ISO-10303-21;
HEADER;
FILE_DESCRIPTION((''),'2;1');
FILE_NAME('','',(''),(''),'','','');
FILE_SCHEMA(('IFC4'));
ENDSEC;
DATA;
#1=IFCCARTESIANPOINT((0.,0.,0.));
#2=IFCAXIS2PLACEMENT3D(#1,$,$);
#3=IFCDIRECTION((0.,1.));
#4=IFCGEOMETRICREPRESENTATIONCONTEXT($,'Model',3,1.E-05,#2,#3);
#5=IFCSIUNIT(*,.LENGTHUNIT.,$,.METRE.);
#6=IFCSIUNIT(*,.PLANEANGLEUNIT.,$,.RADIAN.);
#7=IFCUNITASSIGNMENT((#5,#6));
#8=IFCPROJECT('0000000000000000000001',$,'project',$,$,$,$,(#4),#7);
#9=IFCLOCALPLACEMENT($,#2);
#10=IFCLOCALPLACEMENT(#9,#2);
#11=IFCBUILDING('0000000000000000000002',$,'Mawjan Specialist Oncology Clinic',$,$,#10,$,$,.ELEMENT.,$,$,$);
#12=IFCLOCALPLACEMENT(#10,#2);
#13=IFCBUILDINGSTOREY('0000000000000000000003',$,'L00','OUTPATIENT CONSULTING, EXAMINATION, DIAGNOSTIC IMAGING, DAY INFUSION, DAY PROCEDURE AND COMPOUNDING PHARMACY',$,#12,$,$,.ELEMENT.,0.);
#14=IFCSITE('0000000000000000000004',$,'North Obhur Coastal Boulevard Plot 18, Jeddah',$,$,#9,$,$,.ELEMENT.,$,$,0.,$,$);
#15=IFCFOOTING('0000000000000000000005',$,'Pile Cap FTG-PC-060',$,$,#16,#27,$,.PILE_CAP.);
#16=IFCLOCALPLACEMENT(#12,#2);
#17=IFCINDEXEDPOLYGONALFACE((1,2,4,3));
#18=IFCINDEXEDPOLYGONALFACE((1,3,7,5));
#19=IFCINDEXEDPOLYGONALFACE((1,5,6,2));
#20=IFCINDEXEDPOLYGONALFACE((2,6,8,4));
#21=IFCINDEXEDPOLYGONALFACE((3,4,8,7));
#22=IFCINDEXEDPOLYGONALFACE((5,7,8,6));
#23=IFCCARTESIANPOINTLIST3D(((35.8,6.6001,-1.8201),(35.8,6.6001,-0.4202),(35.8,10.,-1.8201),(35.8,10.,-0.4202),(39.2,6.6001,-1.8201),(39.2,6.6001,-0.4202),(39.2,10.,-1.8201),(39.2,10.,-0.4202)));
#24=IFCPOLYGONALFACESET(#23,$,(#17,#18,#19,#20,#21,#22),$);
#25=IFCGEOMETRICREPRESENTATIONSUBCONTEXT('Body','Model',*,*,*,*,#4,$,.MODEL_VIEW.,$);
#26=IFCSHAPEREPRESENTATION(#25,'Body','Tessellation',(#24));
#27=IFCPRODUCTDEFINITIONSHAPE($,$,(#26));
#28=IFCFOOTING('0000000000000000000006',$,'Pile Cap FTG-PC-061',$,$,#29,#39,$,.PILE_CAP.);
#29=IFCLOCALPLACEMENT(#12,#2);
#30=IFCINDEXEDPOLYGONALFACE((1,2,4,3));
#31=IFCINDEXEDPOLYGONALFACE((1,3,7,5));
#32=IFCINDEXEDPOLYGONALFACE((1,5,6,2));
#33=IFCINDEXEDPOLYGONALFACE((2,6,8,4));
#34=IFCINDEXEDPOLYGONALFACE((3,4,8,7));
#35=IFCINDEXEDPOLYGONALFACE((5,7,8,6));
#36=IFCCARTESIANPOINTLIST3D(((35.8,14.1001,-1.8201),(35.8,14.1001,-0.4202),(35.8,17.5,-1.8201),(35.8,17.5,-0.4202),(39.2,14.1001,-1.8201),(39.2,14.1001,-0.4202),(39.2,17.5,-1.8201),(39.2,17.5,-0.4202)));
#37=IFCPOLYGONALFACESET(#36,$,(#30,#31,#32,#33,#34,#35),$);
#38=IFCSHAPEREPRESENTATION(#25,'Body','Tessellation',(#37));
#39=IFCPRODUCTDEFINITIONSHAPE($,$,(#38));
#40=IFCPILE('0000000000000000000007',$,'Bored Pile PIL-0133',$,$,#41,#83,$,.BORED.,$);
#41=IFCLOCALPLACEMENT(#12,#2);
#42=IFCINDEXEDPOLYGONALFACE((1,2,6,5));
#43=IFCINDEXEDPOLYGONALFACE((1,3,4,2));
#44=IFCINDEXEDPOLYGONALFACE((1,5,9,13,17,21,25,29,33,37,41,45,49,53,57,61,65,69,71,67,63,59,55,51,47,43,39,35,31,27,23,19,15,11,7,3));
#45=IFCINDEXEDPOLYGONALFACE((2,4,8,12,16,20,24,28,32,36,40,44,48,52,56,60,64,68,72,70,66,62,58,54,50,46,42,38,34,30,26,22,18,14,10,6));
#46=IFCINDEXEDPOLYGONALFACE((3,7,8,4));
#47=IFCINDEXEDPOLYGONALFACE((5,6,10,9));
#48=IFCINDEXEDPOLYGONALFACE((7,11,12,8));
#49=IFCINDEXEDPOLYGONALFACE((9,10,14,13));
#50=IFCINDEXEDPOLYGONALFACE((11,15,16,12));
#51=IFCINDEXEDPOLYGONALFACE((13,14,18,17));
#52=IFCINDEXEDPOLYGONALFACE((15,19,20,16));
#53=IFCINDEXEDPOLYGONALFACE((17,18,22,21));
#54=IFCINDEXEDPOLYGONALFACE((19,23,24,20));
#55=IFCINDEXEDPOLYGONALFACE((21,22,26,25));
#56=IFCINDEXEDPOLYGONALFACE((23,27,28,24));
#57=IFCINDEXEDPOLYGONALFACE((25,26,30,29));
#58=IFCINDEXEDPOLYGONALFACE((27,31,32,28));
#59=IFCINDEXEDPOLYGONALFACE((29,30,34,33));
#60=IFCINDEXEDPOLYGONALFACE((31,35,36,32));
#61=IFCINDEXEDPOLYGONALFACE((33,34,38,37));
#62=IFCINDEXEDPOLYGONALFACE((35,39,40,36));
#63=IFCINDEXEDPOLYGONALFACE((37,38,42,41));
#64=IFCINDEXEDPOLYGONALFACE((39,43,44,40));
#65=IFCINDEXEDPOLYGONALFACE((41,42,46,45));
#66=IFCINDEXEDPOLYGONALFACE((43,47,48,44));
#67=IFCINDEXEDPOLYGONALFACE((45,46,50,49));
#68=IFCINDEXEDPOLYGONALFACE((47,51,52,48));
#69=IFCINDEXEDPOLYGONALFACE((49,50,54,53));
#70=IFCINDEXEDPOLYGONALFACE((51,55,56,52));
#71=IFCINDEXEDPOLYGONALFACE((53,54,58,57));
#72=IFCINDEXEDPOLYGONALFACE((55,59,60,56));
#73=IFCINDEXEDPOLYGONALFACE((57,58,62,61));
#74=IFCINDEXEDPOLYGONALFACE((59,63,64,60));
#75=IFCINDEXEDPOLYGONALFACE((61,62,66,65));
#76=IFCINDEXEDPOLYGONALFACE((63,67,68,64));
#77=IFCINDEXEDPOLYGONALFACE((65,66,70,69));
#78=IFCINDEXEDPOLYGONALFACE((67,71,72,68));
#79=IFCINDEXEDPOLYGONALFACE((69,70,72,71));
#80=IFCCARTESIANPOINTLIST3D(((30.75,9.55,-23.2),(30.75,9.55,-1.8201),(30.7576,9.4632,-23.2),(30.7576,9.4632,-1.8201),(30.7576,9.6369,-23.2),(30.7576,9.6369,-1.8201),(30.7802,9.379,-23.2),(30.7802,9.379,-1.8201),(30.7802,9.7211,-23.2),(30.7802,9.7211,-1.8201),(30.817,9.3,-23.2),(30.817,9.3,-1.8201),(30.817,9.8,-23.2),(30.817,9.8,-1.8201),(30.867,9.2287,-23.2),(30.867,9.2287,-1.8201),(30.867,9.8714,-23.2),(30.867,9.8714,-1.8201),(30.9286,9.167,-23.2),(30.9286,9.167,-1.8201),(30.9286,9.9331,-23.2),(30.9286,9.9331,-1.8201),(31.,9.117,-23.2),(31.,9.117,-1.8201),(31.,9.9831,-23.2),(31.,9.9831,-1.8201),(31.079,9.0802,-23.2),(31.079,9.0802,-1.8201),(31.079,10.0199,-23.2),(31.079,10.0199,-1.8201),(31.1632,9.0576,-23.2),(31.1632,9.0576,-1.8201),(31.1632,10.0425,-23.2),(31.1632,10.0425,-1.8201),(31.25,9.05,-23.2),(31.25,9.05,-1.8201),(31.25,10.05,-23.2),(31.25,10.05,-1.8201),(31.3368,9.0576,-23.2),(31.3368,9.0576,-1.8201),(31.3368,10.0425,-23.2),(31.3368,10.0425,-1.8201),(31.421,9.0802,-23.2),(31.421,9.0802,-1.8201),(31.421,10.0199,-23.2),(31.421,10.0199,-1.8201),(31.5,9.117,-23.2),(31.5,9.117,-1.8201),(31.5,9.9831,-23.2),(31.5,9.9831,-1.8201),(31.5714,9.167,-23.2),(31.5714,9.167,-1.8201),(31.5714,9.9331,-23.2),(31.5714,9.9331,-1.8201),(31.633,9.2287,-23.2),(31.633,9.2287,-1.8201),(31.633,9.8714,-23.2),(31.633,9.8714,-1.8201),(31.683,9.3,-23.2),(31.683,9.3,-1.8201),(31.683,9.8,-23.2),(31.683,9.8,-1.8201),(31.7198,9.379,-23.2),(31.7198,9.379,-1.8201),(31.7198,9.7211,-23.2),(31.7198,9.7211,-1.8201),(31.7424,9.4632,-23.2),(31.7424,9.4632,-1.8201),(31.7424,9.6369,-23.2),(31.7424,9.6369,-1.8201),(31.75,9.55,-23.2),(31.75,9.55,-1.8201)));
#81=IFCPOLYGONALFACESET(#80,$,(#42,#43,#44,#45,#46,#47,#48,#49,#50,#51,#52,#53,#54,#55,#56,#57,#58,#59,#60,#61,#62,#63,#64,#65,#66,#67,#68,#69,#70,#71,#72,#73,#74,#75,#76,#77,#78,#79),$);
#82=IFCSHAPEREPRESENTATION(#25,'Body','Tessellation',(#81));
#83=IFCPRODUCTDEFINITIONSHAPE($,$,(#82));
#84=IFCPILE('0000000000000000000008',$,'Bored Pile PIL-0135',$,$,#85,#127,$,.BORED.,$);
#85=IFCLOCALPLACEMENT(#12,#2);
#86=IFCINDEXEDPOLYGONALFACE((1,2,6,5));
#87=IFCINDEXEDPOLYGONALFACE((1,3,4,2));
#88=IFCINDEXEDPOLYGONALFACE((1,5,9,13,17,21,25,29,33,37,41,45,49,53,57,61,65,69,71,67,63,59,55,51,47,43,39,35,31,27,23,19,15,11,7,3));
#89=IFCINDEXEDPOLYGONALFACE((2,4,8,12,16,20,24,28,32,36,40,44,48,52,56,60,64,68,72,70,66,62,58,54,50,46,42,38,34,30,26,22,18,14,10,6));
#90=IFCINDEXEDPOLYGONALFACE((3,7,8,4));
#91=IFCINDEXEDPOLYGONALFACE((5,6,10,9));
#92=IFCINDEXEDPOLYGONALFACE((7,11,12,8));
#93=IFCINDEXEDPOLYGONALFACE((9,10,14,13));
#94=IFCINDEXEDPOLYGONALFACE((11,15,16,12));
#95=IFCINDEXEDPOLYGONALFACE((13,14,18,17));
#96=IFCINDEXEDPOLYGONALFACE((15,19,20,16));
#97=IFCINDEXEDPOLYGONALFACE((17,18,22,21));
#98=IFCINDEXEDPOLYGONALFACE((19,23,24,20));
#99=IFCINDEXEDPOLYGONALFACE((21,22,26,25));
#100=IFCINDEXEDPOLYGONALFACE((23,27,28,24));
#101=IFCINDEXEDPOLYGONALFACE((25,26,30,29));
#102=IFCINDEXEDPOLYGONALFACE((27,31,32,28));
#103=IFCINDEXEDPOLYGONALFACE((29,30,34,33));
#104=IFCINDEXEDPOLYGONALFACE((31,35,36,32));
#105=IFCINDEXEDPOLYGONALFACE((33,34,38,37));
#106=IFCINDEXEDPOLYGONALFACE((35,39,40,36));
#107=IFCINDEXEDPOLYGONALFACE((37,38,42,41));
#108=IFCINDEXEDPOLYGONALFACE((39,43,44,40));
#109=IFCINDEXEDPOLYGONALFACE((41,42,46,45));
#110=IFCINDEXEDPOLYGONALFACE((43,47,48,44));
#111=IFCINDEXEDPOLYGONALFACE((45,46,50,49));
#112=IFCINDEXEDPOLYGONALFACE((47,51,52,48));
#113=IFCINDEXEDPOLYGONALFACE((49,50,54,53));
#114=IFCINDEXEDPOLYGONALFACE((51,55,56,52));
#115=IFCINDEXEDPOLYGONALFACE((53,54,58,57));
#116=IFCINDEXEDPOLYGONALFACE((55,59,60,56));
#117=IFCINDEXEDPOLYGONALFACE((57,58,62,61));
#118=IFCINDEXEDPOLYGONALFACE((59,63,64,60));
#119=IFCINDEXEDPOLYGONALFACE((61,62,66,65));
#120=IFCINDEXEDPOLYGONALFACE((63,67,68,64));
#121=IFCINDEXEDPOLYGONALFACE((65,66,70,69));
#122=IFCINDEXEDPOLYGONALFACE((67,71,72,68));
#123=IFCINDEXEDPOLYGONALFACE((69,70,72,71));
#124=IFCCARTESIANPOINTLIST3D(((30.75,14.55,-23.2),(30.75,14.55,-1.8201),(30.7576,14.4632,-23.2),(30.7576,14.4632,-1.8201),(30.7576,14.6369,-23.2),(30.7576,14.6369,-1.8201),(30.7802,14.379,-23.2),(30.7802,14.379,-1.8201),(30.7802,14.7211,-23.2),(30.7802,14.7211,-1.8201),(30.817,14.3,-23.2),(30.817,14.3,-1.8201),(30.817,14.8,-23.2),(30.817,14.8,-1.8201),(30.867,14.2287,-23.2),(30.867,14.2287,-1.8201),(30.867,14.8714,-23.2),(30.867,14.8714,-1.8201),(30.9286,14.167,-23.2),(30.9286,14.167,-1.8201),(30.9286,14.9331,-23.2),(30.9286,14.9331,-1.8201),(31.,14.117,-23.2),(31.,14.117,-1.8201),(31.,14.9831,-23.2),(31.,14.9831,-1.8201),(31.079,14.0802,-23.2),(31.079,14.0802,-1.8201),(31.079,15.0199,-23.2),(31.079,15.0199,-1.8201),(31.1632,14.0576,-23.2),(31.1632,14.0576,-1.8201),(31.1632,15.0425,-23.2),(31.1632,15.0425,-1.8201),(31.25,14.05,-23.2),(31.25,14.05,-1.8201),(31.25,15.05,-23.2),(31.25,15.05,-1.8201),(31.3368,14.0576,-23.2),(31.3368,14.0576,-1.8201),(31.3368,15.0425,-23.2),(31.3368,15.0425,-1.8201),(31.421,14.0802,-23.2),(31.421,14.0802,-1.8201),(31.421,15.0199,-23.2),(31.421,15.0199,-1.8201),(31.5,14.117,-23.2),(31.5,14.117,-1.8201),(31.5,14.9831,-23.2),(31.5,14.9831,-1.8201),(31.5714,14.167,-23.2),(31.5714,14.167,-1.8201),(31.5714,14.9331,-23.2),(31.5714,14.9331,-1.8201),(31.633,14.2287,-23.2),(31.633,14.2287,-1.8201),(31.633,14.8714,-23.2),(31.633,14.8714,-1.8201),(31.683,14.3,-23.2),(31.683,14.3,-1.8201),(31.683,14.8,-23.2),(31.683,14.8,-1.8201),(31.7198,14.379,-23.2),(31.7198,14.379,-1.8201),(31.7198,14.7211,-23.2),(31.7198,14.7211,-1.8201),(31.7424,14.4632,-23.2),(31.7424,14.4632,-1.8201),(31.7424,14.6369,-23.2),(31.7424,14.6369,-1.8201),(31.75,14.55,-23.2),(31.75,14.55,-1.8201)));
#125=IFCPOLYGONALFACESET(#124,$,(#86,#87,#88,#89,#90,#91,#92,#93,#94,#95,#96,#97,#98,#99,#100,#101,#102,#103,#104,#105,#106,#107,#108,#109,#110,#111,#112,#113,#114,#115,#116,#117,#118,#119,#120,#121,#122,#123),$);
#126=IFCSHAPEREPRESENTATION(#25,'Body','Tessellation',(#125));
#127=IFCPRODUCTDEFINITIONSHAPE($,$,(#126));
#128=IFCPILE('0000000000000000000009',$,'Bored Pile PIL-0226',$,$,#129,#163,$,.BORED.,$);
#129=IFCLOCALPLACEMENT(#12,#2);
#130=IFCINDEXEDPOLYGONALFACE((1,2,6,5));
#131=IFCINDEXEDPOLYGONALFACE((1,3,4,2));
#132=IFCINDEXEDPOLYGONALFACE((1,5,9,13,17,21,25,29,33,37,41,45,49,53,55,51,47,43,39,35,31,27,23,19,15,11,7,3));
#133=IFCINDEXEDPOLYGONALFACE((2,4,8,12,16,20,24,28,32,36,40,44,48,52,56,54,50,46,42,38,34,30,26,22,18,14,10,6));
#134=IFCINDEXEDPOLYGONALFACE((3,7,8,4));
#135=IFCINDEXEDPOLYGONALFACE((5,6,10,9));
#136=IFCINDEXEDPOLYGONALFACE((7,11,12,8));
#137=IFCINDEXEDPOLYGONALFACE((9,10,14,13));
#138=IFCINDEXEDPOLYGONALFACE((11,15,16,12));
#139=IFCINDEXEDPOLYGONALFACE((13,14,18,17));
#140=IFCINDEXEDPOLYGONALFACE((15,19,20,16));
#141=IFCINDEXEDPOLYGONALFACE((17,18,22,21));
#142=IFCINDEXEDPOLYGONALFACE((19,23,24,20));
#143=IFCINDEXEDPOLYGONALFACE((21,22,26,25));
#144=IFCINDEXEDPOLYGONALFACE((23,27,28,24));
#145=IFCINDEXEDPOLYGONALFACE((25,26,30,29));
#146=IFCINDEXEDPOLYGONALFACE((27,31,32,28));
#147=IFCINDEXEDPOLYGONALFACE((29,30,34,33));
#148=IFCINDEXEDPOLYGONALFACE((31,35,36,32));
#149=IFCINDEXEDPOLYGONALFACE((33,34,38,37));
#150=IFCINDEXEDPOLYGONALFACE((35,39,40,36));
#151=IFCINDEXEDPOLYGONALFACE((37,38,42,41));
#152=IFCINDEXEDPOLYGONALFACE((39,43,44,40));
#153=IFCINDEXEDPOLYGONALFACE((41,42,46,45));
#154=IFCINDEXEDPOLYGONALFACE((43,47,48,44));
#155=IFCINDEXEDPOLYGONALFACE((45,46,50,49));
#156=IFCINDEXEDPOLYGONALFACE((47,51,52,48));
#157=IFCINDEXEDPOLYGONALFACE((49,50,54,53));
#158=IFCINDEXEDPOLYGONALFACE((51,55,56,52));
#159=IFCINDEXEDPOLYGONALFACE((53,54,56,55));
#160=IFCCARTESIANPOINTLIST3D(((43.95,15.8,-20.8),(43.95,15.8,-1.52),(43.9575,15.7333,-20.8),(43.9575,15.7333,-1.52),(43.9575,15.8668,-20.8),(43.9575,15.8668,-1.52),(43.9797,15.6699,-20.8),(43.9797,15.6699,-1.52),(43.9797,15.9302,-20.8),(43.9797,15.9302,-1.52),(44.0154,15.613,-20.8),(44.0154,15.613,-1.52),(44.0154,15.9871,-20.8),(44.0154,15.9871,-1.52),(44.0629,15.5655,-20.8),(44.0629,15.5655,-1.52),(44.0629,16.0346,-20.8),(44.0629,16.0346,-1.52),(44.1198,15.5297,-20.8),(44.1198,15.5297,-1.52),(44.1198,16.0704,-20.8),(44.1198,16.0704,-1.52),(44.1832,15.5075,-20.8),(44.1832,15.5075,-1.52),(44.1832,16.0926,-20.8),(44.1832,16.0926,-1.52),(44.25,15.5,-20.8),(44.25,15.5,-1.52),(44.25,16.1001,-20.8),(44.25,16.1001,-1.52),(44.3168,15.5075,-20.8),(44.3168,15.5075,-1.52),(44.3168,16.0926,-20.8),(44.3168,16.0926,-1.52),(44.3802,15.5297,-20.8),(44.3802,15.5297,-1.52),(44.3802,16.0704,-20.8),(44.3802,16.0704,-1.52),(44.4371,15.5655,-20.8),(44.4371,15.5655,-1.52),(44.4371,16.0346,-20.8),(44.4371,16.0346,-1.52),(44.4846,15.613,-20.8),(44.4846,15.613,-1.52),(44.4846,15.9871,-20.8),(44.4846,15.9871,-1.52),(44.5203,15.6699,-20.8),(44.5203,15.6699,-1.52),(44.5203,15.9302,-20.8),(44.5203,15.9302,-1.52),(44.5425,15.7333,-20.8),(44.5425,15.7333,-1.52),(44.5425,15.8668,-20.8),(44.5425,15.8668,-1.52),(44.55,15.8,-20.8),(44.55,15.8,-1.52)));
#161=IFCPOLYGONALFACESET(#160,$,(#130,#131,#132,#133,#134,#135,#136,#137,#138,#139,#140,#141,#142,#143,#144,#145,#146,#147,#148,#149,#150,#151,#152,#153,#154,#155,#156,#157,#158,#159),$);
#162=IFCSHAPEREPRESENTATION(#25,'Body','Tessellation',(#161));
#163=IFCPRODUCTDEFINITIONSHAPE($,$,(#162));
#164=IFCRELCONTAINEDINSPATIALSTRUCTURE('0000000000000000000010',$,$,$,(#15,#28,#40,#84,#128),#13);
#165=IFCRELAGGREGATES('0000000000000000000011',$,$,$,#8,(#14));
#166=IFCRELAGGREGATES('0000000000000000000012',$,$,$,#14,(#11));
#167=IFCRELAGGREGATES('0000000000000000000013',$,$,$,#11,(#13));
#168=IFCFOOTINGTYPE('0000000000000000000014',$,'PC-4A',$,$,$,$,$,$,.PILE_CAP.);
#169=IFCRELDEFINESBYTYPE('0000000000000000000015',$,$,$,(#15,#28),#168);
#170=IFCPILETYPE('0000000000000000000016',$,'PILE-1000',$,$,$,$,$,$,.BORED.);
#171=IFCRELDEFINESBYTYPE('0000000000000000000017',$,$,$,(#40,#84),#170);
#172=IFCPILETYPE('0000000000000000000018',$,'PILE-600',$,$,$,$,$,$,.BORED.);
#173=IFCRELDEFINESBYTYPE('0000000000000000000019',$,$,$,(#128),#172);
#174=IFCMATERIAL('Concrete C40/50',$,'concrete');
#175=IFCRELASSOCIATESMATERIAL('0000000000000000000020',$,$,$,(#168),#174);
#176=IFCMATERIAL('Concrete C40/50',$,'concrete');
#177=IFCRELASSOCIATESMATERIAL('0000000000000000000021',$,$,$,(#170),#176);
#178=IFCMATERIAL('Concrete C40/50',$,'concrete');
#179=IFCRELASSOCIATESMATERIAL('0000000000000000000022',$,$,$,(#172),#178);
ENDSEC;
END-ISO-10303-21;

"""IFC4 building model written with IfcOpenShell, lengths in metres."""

from ifc_helpers import new_model, si_unit, direction, frame, origin, origin_2d, place, context, subcontext, project, spatial, rectangle, circle, extrude, material, material_profile, profile_set, type_object, element, save


model = new_model("IFC4")

# Units and contexts
model_context = context("Model", 3, precision=1e-05, world=origin(), true_north=direction((0.0, 1.0)))
body_context = subcontext(model_context, "Body", "Model", "MODEL_VIEW")
ifc_project = project(units=[si_unit("LENGTHUNIT", "METRE"), si_unit("PLANEANGLEUNIT", "RADIAN")], contexts=[model_context])

# Site, building, storey
site_placement = place(None, origin())
site = spatial("IfcSite", under=ifc_project, at=site_placement, Name="North Obhur Coastal Boulevard Plot 18, Jeddah", CompositionType="ELEMENT", RefElevation=0.0)
building_placement = place(site_placement, origin())
building = spatial("IfcBuilding", under=site, at=building_placement, Name="Mawjan Specialist Oncology Clinic", CompositionType="ELEMENT")
storey_placement = place(building_placement, origin())
storey = spatial("IfcBuildingStorey", under=building, at=storey_placement, Name="L00", Description="OUTPATIENT CONSULTING, EXAMINATION, DIAGNOSTIC IMAGING, DAY INFUSION, DAY PROCEDURE AND COMPOUNDING PHARMACY", CompositionType="ELEMENT", Elevation=0.0)

# Footings
ifc_material_1 = material(Name="Concrete C40/50", Category="concrete")
footing_type_1 = type_object("IfcFootingType", Name="PC-4A", PredefinedType="PILE_CAP", material=ifc_material_1)
for number, where, z_axis, x_axis, name in (
    (1, (37.5, 8.3, -1.8201), (0.0, 0.0, 1.0), (1.0, 0.0, 0.0), "Pile Cap FTG-PC-060"),
    (2, (37.5, 15.8, -1.8201), (0.0, 0.0, 1.0), (1.0, 0.0, 0.0), "Pile Cap FTG-PC-061"),
):
    element("IfcFooting", number, at=place(storey_placement, frame(where, z_axis=z_axis, x_axis=x_axis)), inside=storey, type_object=footing_type_1, Name=name, PredefinedType="PILE_CAP", context=body_context, shape_type="SweptSolid", body=[
        extrude(rectangle(XDim=3.3999, YDim=3.3999, at=origin_2d()), origin(), (0.0, 0.0, 1.0), 1.3999),
    ])

# Piles
ifc_material_2 = material(Name="Concrete C40/50", Category="concrete")
ifc_material_profile_1 = material_profile(ifc_material_2, circle(Radius=0.5, at=origin_2d()), Name="BORED PILE D1000", Category="concrete")
ifc_profile_set_1 = profile_set([ifc_material_profile_1], Name="Concrete C40/50")
pile_type_1 = type_object("IfcPileType", Name="PILE-1000", PredefinedType="BORED", material=ifc_profile_set_1)
for number, where, z_axis, x_axis, name in (
    (3, (31.25, 9.55, -1.8201), (0.0, 0.0, -1.0), (1.0, 0.0, 0.0), "Bored Pile PIL-0133"),
    (4, (31.25, 14.55, -1.8201), (0.0, 0.0, -1.0), (1.0, 0.0, 0.0), "Bored Pile PIL-0135"),
):
    element("IfcPile", number, at=place(storey_placement, frame(where, z_axis=z_axis, x_axis=x_axis)), inside=storey, type_object=pile_type_1, Name=name, PredefinedType="BORED", context=body_context, shape_type="SweptSolid", body=[
        extrude(circle(Radius=0.5, at=origin_2d()), origin(), (0.0, 0.0, 1.0), 21.3799),
    ])
ifc_material_3 = material(Name="Concrete C40/50", Category="concrete")
ifc_material_profile_2 = material_profile(ifc_material_3, circle(Radius=0.3, at=origin_2d()), Name="BORED PILE D600", Category="concrete")
ifc_profile_set_2 = profile_set([ifc_material_profile_2], Name="Concrete C40/50")
pile_type_2 = type_object("IfcPileType", Name="PILE-600", PredefinedType="BORED", material=ifc_profile_set_2)
pile_placement = place(storey_placement, frame((44.25, 15.8, -1.52), z_axis=(0.0, 0.0, -1.0), x_axis=(1.0, 0.0, 0.0)))
element("IfcPile", 5, at=pile_placement, inside=storey, type_object=pile_type_2, Name="Bored Pile PIL-0226", PredefinedType="BORED", context=body_context, shape_type="SweptSolid", body=[
    extrude(circle(Radius=0.3, at=origin_2d()), origin(), (0.0, 0.0, 1.0), 19.28),
])

save(model, "model.ifc")
